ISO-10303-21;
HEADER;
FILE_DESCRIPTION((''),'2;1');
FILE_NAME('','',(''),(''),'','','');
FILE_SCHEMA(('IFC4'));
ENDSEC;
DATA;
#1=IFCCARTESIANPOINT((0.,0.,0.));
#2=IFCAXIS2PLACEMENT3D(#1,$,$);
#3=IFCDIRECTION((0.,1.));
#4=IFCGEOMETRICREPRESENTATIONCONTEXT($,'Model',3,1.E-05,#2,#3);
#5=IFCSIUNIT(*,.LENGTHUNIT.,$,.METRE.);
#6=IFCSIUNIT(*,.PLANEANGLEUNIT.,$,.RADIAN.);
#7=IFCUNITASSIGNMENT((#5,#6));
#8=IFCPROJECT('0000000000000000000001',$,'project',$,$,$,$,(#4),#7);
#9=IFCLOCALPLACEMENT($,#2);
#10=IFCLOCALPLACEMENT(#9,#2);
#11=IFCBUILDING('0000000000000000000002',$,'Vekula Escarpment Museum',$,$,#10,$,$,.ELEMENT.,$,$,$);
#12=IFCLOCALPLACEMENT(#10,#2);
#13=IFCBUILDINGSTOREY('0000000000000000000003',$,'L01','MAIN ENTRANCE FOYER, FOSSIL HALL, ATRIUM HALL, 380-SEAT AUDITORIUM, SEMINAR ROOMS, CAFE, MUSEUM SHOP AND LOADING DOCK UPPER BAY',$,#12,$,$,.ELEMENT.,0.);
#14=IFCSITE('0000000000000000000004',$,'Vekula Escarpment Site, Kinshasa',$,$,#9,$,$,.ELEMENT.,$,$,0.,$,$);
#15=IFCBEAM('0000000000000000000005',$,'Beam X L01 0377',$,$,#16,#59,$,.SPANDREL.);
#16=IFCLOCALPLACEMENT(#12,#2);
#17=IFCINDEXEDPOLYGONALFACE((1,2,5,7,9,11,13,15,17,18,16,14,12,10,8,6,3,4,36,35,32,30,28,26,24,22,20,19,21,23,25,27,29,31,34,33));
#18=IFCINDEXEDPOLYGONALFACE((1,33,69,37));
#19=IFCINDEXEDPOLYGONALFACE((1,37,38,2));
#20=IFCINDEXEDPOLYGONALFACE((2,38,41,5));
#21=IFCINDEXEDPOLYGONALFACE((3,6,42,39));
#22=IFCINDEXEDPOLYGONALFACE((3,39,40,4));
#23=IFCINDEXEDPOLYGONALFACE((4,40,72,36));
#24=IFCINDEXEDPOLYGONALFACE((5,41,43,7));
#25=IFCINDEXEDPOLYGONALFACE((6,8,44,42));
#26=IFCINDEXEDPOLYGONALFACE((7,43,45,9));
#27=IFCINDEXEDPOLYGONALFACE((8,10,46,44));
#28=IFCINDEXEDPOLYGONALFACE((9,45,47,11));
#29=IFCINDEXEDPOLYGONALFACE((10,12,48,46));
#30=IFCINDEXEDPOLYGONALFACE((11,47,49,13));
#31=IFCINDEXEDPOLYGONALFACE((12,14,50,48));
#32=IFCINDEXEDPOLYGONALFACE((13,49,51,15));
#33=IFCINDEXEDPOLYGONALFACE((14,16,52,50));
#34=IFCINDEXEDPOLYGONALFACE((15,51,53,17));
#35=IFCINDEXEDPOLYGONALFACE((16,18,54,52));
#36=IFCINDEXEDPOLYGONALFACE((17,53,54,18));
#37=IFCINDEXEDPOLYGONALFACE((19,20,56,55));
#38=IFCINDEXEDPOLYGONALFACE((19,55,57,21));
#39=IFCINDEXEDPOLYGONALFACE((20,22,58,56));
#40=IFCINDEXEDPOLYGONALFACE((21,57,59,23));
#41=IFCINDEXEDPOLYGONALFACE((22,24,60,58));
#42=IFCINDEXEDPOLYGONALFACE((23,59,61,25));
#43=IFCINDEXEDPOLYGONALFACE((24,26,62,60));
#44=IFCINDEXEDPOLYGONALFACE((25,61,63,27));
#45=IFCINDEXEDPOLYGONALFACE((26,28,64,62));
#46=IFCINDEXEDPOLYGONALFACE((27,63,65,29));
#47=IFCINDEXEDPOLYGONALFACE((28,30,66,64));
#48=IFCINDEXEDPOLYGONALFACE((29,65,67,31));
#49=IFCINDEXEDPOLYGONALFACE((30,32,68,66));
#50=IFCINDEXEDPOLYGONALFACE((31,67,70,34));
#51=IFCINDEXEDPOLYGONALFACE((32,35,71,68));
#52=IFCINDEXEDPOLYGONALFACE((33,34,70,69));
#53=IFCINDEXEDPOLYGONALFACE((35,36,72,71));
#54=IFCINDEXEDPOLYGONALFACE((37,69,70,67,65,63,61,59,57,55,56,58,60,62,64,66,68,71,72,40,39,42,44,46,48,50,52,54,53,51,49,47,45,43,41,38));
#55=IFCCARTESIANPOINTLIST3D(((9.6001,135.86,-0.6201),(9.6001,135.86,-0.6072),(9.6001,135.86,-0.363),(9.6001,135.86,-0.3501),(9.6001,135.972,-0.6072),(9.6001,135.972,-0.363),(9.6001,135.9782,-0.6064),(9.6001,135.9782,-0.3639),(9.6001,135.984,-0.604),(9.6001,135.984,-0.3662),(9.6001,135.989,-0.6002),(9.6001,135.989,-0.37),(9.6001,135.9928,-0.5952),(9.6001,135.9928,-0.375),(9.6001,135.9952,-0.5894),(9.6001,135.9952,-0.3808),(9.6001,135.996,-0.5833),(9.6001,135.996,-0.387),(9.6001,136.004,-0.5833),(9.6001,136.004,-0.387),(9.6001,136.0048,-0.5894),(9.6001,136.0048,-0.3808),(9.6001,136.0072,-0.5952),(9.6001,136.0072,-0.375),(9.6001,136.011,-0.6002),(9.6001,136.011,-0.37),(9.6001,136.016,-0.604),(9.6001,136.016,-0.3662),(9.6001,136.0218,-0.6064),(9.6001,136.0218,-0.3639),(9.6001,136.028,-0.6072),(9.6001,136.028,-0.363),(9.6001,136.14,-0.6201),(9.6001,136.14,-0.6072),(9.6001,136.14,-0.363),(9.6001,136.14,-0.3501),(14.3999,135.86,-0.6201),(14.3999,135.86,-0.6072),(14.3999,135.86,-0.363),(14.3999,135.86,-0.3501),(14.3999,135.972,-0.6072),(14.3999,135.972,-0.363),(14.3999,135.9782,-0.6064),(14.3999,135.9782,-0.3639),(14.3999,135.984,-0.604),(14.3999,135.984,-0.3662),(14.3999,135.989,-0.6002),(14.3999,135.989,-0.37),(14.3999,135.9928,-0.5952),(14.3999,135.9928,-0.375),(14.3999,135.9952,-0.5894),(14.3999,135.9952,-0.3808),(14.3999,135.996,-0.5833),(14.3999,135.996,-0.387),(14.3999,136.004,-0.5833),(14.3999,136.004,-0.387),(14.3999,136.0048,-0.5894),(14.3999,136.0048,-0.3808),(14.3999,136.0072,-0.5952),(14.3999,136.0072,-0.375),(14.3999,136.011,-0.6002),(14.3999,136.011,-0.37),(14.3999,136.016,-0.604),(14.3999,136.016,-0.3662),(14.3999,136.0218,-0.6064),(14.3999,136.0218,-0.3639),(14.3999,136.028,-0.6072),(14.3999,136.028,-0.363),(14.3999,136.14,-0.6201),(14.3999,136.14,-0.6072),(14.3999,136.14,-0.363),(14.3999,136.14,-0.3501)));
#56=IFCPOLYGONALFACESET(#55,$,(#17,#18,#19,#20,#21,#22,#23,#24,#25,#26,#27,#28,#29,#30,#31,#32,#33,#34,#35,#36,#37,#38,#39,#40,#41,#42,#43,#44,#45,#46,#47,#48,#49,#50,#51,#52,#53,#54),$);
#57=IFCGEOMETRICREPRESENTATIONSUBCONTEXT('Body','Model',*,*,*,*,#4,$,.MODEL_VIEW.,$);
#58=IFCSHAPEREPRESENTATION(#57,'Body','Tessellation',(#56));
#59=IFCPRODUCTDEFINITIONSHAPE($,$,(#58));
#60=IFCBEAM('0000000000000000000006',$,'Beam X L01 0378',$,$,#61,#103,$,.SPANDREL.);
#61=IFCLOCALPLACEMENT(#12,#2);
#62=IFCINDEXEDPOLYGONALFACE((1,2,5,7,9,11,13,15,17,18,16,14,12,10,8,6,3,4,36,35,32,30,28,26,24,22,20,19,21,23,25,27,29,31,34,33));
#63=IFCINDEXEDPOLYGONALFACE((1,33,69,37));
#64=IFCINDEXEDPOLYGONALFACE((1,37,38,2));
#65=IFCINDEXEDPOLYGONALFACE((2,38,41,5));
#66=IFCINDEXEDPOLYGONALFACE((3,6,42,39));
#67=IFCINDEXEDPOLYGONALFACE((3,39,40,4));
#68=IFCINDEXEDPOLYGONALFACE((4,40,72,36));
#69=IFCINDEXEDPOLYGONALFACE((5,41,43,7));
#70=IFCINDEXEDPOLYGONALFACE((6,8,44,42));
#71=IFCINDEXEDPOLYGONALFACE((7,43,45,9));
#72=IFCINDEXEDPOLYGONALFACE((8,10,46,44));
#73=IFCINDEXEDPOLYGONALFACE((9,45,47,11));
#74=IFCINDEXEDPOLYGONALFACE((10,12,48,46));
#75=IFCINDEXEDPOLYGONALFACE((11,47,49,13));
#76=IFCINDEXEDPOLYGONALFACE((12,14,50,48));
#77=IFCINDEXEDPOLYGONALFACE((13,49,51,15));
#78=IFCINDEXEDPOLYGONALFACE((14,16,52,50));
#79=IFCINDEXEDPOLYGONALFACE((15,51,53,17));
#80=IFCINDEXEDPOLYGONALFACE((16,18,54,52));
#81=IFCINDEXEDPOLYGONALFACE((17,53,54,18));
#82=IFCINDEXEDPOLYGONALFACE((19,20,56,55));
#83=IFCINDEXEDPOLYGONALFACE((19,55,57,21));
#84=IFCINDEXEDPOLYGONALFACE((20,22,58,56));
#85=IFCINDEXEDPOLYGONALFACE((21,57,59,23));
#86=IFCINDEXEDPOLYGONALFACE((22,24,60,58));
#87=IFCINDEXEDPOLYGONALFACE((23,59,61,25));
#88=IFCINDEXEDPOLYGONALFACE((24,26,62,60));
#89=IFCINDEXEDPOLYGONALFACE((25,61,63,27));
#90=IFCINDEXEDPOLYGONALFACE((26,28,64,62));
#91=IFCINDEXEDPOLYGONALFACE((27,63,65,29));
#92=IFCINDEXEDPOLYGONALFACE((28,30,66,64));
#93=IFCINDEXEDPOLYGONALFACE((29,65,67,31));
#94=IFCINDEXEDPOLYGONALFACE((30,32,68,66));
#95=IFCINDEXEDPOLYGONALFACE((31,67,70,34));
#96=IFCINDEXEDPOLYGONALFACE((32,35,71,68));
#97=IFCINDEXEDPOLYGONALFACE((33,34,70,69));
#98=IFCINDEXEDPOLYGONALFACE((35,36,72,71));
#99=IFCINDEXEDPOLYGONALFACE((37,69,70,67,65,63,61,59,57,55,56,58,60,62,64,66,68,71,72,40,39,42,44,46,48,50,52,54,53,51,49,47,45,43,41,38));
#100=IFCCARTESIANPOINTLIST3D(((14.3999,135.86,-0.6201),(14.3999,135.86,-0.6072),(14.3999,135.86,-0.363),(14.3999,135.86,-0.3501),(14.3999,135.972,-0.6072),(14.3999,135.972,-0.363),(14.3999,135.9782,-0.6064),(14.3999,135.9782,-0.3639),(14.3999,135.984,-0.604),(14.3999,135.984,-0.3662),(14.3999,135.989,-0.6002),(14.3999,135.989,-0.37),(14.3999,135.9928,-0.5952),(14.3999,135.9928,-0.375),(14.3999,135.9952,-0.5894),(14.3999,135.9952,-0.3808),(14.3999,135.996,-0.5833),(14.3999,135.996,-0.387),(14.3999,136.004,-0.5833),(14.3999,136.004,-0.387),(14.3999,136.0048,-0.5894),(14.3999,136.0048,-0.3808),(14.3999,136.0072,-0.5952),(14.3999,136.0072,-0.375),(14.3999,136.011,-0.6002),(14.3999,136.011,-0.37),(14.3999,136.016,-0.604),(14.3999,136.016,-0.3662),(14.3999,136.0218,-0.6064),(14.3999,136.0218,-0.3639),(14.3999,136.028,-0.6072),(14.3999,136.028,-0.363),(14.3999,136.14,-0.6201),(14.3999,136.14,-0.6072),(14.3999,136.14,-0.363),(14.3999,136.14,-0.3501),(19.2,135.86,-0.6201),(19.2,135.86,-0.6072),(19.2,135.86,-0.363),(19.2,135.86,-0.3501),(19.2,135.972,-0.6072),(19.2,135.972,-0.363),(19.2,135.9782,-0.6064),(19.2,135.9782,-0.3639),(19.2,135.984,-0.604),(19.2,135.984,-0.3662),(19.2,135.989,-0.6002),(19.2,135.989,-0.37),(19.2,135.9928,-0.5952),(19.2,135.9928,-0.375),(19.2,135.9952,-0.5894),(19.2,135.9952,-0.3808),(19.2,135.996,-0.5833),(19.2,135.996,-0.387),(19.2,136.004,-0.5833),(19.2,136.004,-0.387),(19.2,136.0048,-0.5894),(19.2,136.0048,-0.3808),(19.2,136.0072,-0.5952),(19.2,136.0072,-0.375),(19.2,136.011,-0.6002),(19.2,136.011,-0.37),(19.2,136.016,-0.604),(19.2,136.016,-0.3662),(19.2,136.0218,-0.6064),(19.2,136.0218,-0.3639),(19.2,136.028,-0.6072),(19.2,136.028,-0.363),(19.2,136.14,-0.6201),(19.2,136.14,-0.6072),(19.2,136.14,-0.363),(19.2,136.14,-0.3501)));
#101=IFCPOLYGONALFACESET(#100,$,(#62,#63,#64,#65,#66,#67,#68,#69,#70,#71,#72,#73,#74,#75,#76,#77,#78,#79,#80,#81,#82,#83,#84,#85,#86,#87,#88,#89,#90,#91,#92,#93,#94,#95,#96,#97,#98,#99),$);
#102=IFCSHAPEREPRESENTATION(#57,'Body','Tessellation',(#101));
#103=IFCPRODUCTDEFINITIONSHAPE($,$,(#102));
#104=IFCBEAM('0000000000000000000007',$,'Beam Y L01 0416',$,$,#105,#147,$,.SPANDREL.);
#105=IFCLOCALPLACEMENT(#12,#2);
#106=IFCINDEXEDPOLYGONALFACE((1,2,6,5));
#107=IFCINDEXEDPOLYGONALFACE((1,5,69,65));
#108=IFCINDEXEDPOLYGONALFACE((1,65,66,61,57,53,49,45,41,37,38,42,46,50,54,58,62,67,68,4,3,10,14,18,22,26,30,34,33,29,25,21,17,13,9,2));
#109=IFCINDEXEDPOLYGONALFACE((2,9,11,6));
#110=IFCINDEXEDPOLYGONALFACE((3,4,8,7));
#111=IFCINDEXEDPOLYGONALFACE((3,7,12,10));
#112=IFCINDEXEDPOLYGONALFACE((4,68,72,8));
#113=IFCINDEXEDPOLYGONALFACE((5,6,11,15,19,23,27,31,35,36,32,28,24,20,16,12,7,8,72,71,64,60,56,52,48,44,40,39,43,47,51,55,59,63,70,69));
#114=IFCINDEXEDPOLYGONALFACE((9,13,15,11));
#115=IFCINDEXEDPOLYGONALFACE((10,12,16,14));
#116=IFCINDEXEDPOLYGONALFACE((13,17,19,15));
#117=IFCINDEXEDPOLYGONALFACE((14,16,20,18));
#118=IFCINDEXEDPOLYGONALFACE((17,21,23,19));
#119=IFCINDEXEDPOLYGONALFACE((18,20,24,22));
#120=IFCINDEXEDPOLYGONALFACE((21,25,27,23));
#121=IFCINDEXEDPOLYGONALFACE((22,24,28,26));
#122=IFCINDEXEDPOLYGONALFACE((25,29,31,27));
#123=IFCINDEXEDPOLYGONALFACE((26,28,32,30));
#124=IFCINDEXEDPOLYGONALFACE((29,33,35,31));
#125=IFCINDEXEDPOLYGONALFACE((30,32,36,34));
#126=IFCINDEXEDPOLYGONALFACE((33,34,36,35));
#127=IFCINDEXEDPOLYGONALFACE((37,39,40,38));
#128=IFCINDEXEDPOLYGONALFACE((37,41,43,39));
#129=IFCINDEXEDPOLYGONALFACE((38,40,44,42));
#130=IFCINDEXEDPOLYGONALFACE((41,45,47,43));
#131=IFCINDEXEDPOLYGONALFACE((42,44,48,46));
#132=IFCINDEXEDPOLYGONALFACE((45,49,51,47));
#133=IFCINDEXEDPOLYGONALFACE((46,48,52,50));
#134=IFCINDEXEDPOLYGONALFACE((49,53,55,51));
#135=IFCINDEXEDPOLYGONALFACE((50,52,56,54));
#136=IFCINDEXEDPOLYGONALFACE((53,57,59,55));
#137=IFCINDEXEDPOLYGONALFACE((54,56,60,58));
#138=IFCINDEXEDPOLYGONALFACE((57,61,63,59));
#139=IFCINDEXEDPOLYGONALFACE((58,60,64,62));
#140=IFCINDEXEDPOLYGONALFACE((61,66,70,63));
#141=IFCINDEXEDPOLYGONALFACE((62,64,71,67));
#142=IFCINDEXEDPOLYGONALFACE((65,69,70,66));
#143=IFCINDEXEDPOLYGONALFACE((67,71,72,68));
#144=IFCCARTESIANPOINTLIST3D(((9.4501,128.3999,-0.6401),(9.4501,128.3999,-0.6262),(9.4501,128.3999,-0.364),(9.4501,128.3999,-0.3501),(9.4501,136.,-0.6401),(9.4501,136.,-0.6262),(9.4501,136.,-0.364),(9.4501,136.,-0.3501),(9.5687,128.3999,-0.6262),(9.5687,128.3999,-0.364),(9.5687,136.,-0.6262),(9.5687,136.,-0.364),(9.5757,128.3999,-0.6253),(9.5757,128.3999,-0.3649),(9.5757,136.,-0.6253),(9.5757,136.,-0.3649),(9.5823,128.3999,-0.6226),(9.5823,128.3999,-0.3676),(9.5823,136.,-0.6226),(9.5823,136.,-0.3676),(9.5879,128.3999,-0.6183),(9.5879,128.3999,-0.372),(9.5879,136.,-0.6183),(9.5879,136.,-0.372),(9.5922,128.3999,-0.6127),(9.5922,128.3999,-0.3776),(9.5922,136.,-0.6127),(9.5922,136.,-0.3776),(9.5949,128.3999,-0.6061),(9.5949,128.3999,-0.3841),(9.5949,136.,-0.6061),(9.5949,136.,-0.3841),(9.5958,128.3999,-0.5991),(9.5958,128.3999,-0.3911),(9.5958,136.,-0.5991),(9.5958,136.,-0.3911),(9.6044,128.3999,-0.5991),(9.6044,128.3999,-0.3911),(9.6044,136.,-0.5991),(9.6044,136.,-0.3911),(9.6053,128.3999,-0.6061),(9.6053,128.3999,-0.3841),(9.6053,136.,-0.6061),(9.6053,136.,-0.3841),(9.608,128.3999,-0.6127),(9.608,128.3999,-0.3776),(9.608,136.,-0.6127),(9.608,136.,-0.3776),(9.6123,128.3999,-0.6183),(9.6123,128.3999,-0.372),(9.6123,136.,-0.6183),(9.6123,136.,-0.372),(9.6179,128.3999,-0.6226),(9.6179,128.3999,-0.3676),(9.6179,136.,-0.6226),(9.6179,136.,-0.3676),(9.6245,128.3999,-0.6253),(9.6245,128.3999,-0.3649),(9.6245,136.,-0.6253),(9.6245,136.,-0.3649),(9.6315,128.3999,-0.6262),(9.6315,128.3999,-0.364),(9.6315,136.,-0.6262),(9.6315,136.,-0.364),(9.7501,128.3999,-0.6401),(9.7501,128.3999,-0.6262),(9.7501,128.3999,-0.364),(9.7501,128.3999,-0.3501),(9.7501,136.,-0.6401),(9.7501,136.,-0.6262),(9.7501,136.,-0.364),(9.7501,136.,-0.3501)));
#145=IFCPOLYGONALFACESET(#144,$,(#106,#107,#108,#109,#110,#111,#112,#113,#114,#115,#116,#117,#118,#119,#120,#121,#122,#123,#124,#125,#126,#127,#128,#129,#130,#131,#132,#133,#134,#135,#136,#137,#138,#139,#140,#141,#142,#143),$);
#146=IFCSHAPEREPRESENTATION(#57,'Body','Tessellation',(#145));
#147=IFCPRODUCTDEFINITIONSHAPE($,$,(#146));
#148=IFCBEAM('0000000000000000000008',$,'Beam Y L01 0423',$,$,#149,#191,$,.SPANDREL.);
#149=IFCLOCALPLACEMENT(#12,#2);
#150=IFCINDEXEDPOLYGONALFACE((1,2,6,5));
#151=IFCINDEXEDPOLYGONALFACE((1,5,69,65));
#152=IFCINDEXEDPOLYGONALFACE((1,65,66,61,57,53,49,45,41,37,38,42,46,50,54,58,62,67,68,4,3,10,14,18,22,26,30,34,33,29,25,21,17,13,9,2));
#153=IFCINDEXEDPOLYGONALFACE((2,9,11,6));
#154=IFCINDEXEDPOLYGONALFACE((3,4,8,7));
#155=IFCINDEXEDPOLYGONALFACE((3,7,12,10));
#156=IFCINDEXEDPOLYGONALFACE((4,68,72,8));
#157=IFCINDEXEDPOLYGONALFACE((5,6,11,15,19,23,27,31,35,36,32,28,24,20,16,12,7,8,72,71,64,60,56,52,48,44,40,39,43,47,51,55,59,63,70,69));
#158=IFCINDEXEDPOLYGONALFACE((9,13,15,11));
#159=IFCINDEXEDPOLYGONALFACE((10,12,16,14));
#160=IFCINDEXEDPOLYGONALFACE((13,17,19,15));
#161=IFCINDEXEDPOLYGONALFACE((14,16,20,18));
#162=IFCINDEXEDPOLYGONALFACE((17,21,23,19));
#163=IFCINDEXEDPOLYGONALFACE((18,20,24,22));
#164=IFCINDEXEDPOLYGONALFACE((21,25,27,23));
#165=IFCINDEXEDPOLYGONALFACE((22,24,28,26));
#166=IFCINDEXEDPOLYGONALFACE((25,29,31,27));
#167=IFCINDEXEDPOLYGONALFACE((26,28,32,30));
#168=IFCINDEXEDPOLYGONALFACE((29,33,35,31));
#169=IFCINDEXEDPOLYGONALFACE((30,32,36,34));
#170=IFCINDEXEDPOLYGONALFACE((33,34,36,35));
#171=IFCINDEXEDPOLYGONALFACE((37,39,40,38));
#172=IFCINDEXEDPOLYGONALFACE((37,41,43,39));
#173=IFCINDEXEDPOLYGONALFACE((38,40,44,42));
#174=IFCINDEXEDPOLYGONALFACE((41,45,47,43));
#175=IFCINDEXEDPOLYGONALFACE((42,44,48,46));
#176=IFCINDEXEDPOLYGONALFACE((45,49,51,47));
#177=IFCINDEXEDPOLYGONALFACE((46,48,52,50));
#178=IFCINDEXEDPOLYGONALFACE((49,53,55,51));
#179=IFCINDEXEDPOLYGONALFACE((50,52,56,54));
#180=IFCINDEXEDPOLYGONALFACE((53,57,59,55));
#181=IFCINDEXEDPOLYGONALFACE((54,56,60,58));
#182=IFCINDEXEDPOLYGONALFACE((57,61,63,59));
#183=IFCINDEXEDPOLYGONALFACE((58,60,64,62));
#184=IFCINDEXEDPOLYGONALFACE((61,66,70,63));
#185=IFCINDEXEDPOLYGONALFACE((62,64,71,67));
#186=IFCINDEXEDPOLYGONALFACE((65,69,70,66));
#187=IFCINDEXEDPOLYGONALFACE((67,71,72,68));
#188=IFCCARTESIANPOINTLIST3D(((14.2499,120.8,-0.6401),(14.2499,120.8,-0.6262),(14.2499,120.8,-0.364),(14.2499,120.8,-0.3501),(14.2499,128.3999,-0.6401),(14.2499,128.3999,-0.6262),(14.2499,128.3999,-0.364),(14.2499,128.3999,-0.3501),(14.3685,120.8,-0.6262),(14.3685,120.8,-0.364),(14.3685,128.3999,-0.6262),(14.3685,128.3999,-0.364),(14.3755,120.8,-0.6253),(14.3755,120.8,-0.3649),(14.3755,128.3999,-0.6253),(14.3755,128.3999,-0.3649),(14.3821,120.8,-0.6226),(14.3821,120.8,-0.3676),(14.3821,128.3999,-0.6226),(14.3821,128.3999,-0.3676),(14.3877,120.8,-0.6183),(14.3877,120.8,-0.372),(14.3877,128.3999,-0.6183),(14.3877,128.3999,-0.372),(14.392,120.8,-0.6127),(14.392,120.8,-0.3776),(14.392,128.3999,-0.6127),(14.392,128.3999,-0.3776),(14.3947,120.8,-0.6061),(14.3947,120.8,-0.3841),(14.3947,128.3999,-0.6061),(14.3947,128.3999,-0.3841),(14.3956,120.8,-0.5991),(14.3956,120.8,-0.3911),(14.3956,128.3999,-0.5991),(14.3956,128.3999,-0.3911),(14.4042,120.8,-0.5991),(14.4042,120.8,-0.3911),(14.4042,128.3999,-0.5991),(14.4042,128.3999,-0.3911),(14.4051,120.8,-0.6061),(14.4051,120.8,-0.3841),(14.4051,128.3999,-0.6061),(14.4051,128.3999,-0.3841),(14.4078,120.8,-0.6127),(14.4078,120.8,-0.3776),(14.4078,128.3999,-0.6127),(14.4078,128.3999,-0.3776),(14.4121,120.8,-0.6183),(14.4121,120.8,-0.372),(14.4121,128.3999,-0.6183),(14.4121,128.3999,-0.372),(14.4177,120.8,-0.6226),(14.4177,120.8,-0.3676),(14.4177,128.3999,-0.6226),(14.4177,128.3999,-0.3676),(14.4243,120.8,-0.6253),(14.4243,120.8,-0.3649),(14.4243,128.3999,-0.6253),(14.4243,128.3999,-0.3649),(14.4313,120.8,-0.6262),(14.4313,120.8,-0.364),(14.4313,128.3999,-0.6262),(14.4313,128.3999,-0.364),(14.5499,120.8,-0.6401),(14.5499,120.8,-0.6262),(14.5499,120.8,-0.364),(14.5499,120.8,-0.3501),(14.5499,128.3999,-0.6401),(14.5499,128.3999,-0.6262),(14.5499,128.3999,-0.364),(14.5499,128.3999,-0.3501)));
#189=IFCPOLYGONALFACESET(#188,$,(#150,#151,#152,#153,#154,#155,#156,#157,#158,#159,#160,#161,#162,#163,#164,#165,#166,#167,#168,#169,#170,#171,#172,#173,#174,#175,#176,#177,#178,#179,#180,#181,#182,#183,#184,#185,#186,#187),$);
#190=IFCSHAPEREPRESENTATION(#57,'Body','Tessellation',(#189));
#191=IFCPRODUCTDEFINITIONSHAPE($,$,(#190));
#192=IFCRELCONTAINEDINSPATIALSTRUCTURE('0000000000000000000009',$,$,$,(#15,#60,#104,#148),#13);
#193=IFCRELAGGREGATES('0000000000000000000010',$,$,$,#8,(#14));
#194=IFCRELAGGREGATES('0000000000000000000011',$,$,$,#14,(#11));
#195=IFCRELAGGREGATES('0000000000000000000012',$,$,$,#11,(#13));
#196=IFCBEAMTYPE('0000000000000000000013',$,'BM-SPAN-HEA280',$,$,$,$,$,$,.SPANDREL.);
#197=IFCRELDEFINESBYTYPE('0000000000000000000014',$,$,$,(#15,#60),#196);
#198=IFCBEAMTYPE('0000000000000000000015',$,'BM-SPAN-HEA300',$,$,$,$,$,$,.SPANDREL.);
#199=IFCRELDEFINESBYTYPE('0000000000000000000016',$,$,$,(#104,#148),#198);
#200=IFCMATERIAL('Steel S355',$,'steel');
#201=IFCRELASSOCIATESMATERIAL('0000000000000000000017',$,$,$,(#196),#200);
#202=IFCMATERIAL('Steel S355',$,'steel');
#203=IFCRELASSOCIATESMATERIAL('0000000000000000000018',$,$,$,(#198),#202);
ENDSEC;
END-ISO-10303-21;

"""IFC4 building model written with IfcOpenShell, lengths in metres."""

from ifc_helpers import new_model, si_unit, direction, frame, origin, origin_2d, place, context, subcontext, project, spatial, i_section, extrude, material, material_profile, profile_set, type_object, element, save


model = new_model("IFC4")

# Units and contexts
model_context = context("Model", 3, precision=1e-05, world=origin(), true_north=direction((0.0, 1.0)))
body_context = subcontext(model_context, "Body", "Model", "MODEL_VIEW")
ifc_project = project(units=[si_unit("LENGTHUNIT", "METRE"), si_unit("PLANEANGLEUNIT", "RADIAN")], contexts=[model_context])

# Site, building, storey
site_placement = place(None, origin())
site = spatial("IfcSite", under=ifc_project, at=site_placement, Name="Vekula Escarpment Site, Kinshasa", CompositionType="ELEMENT", RefElevation=0.0)
building_placement = place(site_placement, origin())
building = spatial("IfcBuilding", under=site, at=building_placement, Name="Vekula Escarpment Museum", CompositionType="ELEMENT")
storey_placement = place(building_placement, origin())
storey = spatial("IfcBuildingStorey", under=building, at=storey_placement, Name="L01", Description="MAIN ENTRANCE FOYER, FOSSIL HALL, ATRIUM HALL, 380-SEAT AUDITORIUM, SEMINAR ROOMS, CAFE, MUSEUM SHOP AND LOADING DOCK UPPER BAY", CompositionType="ELEMENT", Elevation=0.0)

# Beams
ifc_material_1 = material(Name="Steel S355", Category="steel")
ifc_material_profile_1 = material_profile(ifc_material_1, i_section(OverallWidth=0.28, OverallDepth=0.27, WebThickness=0.0081, FlangeThickness=0.0129, FilletRadius=0.0239, at=origin_2d()), Name="HEA 280")
ifc_profile_set_1 = profile_set([ifc_material_profile_1], Name="Steel S355")
beam_type_1 = type_object("IfcBeamType", Name="BM-SPAN-HEA280", PredefinedType="SPANDREL", material=ifc_profile_set_1)
beam_1_placement = place(storey_placement, frame((9.6001, 136.0, -0.4851), z_axis=(1.0, 0.0, 0.0), x_axis=(0.0, 1.0, 0.0)))
element("IfcBeam", 1, at=beam_1_placement, inside=storey, type_object=beam_type_1, Name="Beam X L01 0377", PredefinedType="SPANDREL", context=body_context, shape_type="SweptSolid", body=[
    extrude(i_section(OverallWidth=0.28, OverallDepth=0.27, WebThickness=0.0081, FlangeThickness=0.0129, FilletRadius=0.0239, at=origin_2d()), origin(), (0.0, 0.0, 1.0), 4.7998),
])
beam_2_placement = place(storey_placement, frame((14.3999, 136.0, -0.4851), z_axis=(1.0, 0.0, 0.0), x_axis=(0.0, 1.0, 0.0)))
element("IfcBeam", 2, at=beam_2_placement, inside=storey, type_object=beam_type_1, Name="Beam X L01 0378", PredefinedType="SPANDREL", context=body_context, shape_type="SweptSolid", body=[
    extrude(i_section(OverallWidth=0.28, OverallDepth=0.27, WebThickness=0.0081, FlangeThickness=0.0129, FilletRadius=0.0239, at=origin_2d()), origin(), (0.0, 0.0, 1.0), 4.8),
])
ifc_material_2 = material(Name="Steel S355", Category="steel")
ifc_material_profile_2 = material_profile(ifc_material_2, i_section(OverallWidth=0.3, OverallDepth=0.29, WebThickness=0.0085, FlangeThickness=0.0139, FilletRadius=0.0271, at=origin_2d()), Name="HEA 300")
ifc_profile_set_2 = profile_set([ifc_material_profile_2], Name="Steel S355")
beam_type_2 = type_object("IfcBeamType", Name="BM-SPAN-HEA300", PredefinedType="SPANDREL", material=ifc_profile_set_2)
beam_3_placement = place(storey_placement, frame((9.6001, 128.3999, -0.4951), z_axis=(0.0, 1.0, 0.0), x_axis=(-1.0, 0.0, 0.0)))
element("IfcBeam", 3, at=beam_3_placement, inside=storey, type_object=beam_type_2, Name="Beam Y L01 0416", PredefinedType="SPANDREL", context=body_context, shape_type="SweptSolid", body=[
    extrude(i_section(OverallWidth=0.3, OverallDepth=0.29, WebThickness=0.0085, FlangeThickness=0.0139, FilletRadius=0.0271, at=origin_2d()), origin(), (0.0, 0.0, 1.0), 7.6001),
])
beam_4_placement = place(storey_placement, frame((14.3999, 120.8, -0.4951), z_axis=(0.0, 1.0, 0.0), x_axis=(-1.0, 0.0, 0.0)))
element("IfcBeam", 4, at=beam_4_placement, inside=storey, type_object=beam_type_2, Name="Beam Y L01 0423", PredefinedType="SPANDREL", context=body_context, shape_type="SweptSolid", body=[
    extrude(i_section(OverallWidth=0.3, OverallDepth=0.29, WebThickness=0.0085, FlangeThickness=0.0139, FilletRadius=0.0271, at=origin_2d()), origin(), (0.0, 0.0, 1.0), 7.5999),
])

save(model, "model.ifc")
